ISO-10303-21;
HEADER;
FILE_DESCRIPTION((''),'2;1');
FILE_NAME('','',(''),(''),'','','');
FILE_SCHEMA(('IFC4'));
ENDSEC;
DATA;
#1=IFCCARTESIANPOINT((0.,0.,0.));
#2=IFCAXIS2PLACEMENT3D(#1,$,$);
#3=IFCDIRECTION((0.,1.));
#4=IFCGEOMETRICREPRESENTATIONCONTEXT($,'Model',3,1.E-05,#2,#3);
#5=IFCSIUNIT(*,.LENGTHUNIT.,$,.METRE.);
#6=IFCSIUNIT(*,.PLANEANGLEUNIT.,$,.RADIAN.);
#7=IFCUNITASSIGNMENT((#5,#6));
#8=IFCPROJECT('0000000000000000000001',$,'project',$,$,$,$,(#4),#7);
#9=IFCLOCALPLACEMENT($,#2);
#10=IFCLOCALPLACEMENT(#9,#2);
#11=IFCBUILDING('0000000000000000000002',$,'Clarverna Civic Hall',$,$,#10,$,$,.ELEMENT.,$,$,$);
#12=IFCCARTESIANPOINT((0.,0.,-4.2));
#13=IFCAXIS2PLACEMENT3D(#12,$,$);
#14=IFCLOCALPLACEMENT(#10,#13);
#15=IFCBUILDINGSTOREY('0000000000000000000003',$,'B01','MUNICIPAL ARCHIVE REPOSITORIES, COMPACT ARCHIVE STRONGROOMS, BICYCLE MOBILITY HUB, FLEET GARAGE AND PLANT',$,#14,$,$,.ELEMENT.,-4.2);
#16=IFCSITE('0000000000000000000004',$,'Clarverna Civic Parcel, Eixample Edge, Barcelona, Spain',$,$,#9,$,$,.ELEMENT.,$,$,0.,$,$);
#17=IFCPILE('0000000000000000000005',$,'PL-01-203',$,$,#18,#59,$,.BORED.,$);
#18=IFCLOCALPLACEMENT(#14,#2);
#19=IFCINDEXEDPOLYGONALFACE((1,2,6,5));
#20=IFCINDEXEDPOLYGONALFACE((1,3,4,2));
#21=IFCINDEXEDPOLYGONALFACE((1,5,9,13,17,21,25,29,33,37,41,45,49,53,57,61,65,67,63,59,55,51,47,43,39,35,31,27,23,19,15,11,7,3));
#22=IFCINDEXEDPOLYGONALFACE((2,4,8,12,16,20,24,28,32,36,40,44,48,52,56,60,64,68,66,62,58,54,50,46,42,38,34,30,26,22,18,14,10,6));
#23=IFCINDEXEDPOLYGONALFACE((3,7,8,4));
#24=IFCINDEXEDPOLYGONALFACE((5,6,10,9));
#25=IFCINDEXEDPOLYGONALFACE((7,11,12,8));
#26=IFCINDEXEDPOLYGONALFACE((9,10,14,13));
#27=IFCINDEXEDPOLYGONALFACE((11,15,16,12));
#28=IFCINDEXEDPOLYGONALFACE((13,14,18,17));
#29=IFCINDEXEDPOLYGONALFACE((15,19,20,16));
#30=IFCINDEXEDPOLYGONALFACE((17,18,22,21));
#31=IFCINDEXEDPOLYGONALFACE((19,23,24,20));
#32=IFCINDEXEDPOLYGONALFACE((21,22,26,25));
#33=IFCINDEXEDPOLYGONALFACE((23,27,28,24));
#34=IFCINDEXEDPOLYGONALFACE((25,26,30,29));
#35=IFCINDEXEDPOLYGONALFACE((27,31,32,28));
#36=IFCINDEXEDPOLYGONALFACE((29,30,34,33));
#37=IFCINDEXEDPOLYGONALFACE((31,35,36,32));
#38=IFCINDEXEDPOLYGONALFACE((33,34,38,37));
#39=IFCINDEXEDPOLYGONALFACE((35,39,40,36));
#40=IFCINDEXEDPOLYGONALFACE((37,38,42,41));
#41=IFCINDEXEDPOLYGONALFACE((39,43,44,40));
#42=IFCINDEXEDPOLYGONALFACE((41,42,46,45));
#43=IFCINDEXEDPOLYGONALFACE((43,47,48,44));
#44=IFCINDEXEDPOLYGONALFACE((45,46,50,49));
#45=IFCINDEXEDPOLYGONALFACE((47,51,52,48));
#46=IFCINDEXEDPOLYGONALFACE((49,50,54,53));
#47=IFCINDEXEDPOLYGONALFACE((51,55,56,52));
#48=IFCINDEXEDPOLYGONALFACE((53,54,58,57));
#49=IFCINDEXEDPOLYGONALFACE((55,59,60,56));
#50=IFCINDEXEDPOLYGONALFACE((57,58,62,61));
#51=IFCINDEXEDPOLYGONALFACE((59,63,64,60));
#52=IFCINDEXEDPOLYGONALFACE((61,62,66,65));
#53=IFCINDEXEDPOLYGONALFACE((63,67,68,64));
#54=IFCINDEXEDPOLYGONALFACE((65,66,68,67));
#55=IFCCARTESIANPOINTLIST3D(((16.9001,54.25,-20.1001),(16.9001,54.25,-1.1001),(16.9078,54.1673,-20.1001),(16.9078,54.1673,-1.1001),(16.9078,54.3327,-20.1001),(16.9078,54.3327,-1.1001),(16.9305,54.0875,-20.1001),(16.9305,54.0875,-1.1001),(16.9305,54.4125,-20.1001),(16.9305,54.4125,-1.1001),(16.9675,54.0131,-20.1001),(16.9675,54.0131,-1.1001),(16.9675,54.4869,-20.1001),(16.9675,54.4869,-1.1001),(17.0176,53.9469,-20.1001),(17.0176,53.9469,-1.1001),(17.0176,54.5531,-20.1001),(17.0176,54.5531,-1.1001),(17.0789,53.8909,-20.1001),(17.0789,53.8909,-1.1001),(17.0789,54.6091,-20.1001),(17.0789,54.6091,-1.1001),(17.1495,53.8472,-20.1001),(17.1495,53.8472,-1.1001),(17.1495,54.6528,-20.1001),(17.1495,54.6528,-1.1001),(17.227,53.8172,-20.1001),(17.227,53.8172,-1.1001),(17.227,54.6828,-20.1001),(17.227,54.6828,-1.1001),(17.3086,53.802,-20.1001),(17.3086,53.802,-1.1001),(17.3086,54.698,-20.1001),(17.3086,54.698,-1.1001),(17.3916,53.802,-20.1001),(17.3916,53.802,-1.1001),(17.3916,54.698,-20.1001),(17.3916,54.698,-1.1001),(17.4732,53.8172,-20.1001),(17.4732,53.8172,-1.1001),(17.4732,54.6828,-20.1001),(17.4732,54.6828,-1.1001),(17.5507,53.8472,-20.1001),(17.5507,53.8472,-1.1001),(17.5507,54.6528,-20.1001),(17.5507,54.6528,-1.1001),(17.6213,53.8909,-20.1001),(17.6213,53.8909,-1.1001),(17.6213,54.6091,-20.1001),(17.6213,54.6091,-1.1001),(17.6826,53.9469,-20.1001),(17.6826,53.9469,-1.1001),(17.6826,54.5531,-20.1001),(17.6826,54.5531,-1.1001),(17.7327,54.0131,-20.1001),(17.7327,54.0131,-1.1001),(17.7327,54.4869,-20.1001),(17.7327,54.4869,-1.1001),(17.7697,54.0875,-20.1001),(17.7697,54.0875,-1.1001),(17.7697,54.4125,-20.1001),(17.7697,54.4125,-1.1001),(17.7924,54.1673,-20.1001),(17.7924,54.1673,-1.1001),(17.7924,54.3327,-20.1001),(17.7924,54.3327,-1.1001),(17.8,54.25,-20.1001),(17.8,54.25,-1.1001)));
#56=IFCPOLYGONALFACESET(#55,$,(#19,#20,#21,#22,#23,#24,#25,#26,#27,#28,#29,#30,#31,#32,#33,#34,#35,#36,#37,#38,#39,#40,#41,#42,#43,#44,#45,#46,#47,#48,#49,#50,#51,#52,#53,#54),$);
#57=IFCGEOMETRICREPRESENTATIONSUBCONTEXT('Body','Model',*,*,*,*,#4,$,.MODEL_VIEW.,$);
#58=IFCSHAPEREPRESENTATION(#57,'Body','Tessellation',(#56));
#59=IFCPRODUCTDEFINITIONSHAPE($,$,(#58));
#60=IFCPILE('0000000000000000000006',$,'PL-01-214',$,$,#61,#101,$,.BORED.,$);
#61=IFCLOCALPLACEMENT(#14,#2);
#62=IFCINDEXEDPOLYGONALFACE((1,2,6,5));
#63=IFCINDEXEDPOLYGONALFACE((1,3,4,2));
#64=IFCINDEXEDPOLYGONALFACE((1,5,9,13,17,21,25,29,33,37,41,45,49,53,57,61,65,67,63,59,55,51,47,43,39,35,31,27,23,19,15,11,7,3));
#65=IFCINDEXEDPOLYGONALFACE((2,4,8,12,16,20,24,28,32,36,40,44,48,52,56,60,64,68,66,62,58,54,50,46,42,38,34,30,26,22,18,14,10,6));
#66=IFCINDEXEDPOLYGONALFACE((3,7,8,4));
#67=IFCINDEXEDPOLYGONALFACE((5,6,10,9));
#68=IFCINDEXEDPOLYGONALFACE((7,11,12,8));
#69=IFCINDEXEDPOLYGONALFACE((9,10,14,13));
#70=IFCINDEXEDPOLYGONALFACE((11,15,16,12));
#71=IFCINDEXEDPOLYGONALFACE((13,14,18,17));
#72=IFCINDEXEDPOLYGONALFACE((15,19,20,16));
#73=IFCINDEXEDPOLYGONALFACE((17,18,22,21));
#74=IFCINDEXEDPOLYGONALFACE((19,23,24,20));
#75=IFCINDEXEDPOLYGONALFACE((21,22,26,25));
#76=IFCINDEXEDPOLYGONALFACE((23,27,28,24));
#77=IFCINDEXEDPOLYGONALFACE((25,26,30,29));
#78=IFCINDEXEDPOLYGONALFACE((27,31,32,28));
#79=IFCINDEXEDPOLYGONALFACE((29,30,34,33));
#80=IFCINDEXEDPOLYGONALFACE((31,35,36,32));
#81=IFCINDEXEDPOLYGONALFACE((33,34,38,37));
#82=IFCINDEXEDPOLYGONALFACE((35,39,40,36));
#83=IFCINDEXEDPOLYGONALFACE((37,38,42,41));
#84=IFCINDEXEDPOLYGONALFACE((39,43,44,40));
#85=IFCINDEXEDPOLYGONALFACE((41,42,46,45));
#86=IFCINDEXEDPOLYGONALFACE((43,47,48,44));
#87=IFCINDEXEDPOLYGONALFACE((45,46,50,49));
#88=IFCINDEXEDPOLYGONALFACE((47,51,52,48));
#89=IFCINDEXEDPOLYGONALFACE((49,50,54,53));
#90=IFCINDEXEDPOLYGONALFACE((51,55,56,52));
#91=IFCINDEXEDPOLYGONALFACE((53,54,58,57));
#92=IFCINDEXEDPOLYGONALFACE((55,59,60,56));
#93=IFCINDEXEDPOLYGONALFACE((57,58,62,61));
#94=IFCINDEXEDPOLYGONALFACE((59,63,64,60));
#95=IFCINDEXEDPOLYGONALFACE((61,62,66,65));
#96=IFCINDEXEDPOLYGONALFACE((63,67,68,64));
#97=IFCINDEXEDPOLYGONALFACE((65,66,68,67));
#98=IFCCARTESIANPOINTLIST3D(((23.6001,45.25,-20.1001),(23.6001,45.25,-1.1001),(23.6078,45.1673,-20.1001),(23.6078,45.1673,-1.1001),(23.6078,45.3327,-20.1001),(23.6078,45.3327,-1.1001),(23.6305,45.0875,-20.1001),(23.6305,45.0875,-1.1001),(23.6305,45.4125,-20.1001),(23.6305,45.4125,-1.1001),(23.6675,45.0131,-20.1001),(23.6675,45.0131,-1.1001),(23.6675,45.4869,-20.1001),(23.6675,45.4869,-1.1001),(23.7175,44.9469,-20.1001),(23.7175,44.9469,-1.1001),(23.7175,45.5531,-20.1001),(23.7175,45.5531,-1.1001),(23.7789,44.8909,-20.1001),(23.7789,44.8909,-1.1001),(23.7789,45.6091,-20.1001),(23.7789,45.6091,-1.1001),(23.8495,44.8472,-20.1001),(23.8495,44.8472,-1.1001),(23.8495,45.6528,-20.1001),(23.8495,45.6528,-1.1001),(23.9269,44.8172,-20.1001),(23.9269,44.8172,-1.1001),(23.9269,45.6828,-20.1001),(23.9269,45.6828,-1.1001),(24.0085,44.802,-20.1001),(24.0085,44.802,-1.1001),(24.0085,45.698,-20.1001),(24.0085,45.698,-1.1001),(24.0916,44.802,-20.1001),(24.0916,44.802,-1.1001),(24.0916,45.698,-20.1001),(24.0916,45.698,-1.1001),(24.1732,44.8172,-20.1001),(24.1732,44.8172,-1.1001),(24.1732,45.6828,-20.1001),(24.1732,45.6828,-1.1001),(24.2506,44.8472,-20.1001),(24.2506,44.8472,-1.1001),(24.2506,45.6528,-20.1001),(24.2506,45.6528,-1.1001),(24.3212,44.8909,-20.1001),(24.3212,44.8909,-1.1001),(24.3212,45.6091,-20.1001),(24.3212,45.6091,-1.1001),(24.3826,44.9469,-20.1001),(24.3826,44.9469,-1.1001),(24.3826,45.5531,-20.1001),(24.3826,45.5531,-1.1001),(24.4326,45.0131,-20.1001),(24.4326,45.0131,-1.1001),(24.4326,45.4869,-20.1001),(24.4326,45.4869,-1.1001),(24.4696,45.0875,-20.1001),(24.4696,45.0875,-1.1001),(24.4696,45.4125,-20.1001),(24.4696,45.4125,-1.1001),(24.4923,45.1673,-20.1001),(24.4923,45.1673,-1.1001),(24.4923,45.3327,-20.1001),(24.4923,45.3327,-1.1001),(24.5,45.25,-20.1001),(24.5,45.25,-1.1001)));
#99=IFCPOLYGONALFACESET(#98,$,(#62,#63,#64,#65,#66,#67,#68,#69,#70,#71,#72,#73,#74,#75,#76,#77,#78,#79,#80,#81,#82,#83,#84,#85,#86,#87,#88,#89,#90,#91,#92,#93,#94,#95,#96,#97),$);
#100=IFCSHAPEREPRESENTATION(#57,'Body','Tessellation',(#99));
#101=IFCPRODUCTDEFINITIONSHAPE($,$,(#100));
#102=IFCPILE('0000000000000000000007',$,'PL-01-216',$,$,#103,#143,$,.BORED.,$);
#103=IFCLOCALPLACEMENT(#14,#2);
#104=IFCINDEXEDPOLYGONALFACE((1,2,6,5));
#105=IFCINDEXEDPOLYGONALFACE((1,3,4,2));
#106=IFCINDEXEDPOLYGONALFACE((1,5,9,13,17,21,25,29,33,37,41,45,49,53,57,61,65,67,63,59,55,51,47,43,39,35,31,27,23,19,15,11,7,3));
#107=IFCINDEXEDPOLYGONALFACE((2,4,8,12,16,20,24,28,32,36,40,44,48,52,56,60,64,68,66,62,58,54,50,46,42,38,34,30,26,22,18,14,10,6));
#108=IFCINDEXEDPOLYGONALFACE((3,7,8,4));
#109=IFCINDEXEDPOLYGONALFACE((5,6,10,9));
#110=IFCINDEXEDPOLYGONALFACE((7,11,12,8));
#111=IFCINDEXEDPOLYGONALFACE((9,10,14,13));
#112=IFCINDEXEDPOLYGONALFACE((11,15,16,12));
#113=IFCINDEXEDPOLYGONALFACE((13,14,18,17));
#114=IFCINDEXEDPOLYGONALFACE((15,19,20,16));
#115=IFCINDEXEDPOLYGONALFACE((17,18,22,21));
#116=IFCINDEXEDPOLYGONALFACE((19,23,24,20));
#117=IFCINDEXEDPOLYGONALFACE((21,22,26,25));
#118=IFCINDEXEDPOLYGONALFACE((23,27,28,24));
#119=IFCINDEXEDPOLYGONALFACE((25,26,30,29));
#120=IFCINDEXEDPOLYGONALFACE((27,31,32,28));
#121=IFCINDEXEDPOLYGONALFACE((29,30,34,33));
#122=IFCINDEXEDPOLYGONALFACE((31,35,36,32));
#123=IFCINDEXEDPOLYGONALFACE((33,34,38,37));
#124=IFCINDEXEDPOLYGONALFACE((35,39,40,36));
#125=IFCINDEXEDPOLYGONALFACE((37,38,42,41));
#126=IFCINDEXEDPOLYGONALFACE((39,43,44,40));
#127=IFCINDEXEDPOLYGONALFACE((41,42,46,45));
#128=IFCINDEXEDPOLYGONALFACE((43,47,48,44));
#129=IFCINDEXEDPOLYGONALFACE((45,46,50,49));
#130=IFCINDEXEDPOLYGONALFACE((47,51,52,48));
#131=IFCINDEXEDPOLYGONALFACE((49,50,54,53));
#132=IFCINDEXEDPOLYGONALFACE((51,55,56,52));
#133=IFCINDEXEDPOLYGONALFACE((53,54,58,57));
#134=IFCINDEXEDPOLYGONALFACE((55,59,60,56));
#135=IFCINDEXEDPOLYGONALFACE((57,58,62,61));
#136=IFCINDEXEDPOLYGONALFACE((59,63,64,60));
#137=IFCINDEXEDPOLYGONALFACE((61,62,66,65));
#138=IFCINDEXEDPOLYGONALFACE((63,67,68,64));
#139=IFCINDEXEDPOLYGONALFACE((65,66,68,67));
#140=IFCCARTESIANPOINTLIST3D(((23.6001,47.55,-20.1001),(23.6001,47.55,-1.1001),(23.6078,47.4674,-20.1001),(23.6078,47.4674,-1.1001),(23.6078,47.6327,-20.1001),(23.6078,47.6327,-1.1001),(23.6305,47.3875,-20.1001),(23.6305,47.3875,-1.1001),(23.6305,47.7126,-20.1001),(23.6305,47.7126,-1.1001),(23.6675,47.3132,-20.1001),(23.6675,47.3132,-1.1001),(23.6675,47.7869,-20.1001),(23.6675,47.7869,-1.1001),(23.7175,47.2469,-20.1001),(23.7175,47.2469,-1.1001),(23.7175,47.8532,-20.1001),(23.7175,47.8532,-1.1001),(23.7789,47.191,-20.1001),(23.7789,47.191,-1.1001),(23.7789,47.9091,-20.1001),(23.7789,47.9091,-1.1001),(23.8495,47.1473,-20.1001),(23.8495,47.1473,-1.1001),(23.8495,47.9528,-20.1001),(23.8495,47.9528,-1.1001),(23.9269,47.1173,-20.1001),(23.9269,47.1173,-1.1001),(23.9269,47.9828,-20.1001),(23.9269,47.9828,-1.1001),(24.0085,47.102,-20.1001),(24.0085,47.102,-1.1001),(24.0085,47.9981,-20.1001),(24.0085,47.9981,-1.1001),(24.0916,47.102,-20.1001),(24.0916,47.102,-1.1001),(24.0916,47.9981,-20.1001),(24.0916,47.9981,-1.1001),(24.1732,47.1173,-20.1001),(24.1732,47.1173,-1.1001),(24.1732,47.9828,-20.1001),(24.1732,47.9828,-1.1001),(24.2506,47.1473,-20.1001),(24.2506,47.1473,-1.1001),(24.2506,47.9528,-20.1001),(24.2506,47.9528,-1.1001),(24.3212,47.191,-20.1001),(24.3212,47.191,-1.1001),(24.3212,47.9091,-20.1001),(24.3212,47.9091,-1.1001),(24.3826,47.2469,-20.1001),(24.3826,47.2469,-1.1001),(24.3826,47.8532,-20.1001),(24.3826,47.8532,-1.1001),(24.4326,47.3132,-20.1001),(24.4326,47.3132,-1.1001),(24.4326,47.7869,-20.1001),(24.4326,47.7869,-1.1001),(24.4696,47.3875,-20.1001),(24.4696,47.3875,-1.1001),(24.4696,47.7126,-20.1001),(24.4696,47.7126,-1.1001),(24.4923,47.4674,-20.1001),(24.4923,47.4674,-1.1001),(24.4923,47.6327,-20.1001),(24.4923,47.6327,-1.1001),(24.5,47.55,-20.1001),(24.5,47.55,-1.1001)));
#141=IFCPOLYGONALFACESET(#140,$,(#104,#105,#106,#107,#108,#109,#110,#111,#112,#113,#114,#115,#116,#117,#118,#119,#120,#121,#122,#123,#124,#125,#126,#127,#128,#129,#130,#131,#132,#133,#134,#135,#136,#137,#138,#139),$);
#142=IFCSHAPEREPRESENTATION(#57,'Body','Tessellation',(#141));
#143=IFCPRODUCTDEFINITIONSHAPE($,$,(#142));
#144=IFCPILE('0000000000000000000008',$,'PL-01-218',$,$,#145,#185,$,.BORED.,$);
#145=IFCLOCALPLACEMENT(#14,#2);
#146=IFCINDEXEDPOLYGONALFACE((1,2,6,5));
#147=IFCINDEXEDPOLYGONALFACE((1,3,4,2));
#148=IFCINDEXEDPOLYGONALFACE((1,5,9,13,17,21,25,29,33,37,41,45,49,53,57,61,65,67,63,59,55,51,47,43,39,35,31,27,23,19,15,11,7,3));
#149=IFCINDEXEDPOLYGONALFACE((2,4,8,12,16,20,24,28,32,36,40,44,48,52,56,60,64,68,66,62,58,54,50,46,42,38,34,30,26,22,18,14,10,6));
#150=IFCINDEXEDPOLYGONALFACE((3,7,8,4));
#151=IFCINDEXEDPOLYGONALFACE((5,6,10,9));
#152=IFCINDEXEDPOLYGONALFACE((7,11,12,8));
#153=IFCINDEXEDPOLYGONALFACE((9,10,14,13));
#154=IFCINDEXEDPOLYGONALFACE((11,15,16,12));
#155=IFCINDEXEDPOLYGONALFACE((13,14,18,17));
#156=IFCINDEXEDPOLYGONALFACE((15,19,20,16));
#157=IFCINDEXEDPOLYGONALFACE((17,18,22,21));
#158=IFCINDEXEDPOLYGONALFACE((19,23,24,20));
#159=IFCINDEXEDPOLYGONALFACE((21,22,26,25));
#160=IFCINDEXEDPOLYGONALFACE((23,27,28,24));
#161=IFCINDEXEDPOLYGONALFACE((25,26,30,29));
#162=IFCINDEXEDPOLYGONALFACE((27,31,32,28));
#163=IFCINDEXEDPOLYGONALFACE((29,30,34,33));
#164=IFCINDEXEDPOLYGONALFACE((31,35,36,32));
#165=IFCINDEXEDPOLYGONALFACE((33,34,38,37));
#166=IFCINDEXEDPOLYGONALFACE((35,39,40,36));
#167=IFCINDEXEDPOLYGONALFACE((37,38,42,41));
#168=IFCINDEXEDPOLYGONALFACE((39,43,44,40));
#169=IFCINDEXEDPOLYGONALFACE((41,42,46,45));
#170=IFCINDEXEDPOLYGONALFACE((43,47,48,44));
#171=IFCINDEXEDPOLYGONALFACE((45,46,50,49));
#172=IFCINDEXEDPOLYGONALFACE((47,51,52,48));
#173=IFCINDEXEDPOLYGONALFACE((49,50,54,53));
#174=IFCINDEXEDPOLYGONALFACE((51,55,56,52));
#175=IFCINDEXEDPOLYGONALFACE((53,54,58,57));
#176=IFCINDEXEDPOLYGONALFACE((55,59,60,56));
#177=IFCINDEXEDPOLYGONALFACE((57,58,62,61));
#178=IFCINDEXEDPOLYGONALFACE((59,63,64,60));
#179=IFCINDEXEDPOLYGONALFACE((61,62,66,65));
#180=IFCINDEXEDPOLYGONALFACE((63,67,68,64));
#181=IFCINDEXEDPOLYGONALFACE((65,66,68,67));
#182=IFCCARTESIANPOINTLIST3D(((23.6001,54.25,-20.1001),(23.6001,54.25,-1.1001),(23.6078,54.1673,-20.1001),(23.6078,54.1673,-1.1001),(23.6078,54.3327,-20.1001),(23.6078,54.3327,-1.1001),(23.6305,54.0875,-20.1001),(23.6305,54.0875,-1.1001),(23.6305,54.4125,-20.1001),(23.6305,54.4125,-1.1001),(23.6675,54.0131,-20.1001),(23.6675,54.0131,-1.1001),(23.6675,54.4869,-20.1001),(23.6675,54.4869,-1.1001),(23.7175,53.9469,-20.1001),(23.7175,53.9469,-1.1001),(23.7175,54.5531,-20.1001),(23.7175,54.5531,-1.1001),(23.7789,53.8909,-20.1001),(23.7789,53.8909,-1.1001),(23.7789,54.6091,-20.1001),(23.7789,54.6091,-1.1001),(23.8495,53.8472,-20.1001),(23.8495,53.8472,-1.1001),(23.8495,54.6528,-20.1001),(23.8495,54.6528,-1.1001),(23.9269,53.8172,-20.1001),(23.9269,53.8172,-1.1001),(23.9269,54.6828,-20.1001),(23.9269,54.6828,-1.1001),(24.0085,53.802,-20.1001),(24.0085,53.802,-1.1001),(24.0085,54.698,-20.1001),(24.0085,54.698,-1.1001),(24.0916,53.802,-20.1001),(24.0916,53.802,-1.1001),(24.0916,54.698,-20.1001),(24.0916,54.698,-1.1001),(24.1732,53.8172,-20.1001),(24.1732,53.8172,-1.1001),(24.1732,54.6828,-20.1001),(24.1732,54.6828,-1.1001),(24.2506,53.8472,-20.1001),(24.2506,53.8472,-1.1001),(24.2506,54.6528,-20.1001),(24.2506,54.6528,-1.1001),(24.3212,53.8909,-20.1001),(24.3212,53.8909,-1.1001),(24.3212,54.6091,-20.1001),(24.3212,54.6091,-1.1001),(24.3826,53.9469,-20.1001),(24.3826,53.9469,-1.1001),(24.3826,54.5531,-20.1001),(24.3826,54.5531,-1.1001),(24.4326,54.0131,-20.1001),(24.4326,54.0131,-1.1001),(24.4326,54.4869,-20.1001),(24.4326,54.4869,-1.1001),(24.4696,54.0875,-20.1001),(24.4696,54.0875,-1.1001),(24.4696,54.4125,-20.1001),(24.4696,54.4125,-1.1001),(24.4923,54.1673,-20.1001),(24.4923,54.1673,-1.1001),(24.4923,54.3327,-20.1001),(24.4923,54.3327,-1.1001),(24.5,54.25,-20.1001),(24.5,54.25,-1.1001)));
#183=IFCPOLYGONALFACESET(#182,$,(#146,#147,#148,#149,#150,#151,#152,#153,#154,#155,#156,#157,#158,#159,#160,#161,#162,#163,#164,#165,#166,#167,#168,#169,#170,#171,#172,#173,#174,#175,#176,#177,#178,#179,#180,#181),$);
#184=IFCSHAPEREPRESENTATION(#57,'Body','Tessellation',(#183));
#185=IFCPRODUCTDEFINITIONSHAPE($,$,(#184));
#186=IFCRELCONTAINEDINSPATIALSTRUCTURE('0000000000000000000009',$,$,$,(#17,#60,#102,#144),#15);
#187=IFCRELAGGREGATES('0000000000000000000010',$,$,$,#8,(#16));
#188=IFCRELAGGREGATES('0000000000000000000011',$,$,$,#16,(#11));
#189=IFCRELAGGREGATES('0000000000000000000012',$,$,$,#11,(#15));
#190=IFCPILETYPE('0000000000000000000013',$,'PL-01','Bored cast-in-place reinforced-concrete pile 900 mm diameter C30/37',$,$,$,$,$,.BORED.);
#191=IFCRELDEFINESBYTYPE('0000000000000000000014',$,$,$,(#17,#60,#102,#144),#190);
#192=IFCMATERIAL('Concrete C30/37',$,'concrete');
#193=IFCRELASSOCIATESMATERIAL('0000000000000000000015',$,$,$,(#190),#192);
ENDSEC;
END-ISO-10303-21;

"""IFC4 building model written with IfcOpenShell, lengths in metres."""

from ifc_helpers import new_model, si_unit, direction, frame, origin, origin_2d, place, context, subcontext, project, spatial, circle, extrude, material, material_profile, profile_set, type_object, element, save


model = new_model("IFC4")

# Units and contexts
model_context = context("Model", 3, precision=1e-05, world=origin(), true_north=direction((0.0, 1.0)))
body_context = subcontext(model_context, "Body", "Model", "MODEL_VIEW")
ifc_project = project(units=[si_unit("LENGTHUNIT", "METRE"), si_unit("PLANEANGLEUNIT", "RADIAN")], contexts=[model_context])

# Site, building, storey
site_placement = place(None, origin())
site = spatial("IfcSite", under=ifc_project, at=site_placement, Name="Clarverna Civic Parcel, Eixample Edge, Barcelona, Spain", CompositionType="ELEMENT", RefElevation=0.0)
building_placement = place(site_placement, origin())
building = spatial("IfcBuilding", under=site, at=building_placement, Name="Clarverna Civic Hall", CompositionType="ELEMENT")
storey_placement = place(building_placement, frame((0.0, 0.0, -4.2)))
storey = spatial("IfcBuildingStorey", under=building, at=storey_placement, Name="B01", Description="MUNICIPAL ARCHIVE REPOSITORIES, COMPACT ARCHIVE STRONGROOMS, BICYCLE MOBILITY HUB, FLEET GARAGE AND PLANT", CompositionType="ELEMENT", Elevation=-4.2)

# Shared definitions
ifc_material_1 = material(Name="Concrete C30/37", Category="concrete")

# Piles
ifc_material_profile_1 = material_profile(ifc_material_1, circle(Radius=0.45, at=origin_2d()), Name="BORED PILE D900")
ifc_profile_set_1 = profile_set([ifc_material_profile_1], Name="Concrete C30/37")
pile_type_1 = type_object("IfcPileType", Name="PL-01", Description="Bored cast-in-place reinforced-concrete pile 900 mm diameter C30/37", PredefinedType="BORED", material=ifc_profile_set_1)
for number, where, z_axis, x_axis, name in (
    (1, (17.3501, 54.25, -1.1001), (0.0, 0.0, -1.0), (1.0, 0.0, 0.0), "PL-01-203"),
    (2, (24.05, 45.25, -1.1001), (0.0, 0.0, -1.0), (1.0, 0.0, 0.0), "PL-01-214"),
    (3, (24.05, 47.55, -1.1001), (0.0, 0.0, -1.0), (1.0, 0.0, 0.0), "PL-01-216"),
    (4, (24.05, 54.25, -1.1001), (0.0, 0.0, -1.0), (1.0, 0.0, 0.0), "PL-01-218"),
):
    element("IfcPile", number, at=place(storey_placement, frame(where, z_axis=z_axis, x_axis=x_axis)), inside=storey, type_object=pile_type_1, Name=name, PredefinedType="BORED", context=body_context, shape_type="SweptSolid", body=[
        extrude(circle(Radius=0.45, at=origin_2d()), origin(), (0.0, 0.0, 1.0), 19.0),
    ])

save(model, "model.ifc")
